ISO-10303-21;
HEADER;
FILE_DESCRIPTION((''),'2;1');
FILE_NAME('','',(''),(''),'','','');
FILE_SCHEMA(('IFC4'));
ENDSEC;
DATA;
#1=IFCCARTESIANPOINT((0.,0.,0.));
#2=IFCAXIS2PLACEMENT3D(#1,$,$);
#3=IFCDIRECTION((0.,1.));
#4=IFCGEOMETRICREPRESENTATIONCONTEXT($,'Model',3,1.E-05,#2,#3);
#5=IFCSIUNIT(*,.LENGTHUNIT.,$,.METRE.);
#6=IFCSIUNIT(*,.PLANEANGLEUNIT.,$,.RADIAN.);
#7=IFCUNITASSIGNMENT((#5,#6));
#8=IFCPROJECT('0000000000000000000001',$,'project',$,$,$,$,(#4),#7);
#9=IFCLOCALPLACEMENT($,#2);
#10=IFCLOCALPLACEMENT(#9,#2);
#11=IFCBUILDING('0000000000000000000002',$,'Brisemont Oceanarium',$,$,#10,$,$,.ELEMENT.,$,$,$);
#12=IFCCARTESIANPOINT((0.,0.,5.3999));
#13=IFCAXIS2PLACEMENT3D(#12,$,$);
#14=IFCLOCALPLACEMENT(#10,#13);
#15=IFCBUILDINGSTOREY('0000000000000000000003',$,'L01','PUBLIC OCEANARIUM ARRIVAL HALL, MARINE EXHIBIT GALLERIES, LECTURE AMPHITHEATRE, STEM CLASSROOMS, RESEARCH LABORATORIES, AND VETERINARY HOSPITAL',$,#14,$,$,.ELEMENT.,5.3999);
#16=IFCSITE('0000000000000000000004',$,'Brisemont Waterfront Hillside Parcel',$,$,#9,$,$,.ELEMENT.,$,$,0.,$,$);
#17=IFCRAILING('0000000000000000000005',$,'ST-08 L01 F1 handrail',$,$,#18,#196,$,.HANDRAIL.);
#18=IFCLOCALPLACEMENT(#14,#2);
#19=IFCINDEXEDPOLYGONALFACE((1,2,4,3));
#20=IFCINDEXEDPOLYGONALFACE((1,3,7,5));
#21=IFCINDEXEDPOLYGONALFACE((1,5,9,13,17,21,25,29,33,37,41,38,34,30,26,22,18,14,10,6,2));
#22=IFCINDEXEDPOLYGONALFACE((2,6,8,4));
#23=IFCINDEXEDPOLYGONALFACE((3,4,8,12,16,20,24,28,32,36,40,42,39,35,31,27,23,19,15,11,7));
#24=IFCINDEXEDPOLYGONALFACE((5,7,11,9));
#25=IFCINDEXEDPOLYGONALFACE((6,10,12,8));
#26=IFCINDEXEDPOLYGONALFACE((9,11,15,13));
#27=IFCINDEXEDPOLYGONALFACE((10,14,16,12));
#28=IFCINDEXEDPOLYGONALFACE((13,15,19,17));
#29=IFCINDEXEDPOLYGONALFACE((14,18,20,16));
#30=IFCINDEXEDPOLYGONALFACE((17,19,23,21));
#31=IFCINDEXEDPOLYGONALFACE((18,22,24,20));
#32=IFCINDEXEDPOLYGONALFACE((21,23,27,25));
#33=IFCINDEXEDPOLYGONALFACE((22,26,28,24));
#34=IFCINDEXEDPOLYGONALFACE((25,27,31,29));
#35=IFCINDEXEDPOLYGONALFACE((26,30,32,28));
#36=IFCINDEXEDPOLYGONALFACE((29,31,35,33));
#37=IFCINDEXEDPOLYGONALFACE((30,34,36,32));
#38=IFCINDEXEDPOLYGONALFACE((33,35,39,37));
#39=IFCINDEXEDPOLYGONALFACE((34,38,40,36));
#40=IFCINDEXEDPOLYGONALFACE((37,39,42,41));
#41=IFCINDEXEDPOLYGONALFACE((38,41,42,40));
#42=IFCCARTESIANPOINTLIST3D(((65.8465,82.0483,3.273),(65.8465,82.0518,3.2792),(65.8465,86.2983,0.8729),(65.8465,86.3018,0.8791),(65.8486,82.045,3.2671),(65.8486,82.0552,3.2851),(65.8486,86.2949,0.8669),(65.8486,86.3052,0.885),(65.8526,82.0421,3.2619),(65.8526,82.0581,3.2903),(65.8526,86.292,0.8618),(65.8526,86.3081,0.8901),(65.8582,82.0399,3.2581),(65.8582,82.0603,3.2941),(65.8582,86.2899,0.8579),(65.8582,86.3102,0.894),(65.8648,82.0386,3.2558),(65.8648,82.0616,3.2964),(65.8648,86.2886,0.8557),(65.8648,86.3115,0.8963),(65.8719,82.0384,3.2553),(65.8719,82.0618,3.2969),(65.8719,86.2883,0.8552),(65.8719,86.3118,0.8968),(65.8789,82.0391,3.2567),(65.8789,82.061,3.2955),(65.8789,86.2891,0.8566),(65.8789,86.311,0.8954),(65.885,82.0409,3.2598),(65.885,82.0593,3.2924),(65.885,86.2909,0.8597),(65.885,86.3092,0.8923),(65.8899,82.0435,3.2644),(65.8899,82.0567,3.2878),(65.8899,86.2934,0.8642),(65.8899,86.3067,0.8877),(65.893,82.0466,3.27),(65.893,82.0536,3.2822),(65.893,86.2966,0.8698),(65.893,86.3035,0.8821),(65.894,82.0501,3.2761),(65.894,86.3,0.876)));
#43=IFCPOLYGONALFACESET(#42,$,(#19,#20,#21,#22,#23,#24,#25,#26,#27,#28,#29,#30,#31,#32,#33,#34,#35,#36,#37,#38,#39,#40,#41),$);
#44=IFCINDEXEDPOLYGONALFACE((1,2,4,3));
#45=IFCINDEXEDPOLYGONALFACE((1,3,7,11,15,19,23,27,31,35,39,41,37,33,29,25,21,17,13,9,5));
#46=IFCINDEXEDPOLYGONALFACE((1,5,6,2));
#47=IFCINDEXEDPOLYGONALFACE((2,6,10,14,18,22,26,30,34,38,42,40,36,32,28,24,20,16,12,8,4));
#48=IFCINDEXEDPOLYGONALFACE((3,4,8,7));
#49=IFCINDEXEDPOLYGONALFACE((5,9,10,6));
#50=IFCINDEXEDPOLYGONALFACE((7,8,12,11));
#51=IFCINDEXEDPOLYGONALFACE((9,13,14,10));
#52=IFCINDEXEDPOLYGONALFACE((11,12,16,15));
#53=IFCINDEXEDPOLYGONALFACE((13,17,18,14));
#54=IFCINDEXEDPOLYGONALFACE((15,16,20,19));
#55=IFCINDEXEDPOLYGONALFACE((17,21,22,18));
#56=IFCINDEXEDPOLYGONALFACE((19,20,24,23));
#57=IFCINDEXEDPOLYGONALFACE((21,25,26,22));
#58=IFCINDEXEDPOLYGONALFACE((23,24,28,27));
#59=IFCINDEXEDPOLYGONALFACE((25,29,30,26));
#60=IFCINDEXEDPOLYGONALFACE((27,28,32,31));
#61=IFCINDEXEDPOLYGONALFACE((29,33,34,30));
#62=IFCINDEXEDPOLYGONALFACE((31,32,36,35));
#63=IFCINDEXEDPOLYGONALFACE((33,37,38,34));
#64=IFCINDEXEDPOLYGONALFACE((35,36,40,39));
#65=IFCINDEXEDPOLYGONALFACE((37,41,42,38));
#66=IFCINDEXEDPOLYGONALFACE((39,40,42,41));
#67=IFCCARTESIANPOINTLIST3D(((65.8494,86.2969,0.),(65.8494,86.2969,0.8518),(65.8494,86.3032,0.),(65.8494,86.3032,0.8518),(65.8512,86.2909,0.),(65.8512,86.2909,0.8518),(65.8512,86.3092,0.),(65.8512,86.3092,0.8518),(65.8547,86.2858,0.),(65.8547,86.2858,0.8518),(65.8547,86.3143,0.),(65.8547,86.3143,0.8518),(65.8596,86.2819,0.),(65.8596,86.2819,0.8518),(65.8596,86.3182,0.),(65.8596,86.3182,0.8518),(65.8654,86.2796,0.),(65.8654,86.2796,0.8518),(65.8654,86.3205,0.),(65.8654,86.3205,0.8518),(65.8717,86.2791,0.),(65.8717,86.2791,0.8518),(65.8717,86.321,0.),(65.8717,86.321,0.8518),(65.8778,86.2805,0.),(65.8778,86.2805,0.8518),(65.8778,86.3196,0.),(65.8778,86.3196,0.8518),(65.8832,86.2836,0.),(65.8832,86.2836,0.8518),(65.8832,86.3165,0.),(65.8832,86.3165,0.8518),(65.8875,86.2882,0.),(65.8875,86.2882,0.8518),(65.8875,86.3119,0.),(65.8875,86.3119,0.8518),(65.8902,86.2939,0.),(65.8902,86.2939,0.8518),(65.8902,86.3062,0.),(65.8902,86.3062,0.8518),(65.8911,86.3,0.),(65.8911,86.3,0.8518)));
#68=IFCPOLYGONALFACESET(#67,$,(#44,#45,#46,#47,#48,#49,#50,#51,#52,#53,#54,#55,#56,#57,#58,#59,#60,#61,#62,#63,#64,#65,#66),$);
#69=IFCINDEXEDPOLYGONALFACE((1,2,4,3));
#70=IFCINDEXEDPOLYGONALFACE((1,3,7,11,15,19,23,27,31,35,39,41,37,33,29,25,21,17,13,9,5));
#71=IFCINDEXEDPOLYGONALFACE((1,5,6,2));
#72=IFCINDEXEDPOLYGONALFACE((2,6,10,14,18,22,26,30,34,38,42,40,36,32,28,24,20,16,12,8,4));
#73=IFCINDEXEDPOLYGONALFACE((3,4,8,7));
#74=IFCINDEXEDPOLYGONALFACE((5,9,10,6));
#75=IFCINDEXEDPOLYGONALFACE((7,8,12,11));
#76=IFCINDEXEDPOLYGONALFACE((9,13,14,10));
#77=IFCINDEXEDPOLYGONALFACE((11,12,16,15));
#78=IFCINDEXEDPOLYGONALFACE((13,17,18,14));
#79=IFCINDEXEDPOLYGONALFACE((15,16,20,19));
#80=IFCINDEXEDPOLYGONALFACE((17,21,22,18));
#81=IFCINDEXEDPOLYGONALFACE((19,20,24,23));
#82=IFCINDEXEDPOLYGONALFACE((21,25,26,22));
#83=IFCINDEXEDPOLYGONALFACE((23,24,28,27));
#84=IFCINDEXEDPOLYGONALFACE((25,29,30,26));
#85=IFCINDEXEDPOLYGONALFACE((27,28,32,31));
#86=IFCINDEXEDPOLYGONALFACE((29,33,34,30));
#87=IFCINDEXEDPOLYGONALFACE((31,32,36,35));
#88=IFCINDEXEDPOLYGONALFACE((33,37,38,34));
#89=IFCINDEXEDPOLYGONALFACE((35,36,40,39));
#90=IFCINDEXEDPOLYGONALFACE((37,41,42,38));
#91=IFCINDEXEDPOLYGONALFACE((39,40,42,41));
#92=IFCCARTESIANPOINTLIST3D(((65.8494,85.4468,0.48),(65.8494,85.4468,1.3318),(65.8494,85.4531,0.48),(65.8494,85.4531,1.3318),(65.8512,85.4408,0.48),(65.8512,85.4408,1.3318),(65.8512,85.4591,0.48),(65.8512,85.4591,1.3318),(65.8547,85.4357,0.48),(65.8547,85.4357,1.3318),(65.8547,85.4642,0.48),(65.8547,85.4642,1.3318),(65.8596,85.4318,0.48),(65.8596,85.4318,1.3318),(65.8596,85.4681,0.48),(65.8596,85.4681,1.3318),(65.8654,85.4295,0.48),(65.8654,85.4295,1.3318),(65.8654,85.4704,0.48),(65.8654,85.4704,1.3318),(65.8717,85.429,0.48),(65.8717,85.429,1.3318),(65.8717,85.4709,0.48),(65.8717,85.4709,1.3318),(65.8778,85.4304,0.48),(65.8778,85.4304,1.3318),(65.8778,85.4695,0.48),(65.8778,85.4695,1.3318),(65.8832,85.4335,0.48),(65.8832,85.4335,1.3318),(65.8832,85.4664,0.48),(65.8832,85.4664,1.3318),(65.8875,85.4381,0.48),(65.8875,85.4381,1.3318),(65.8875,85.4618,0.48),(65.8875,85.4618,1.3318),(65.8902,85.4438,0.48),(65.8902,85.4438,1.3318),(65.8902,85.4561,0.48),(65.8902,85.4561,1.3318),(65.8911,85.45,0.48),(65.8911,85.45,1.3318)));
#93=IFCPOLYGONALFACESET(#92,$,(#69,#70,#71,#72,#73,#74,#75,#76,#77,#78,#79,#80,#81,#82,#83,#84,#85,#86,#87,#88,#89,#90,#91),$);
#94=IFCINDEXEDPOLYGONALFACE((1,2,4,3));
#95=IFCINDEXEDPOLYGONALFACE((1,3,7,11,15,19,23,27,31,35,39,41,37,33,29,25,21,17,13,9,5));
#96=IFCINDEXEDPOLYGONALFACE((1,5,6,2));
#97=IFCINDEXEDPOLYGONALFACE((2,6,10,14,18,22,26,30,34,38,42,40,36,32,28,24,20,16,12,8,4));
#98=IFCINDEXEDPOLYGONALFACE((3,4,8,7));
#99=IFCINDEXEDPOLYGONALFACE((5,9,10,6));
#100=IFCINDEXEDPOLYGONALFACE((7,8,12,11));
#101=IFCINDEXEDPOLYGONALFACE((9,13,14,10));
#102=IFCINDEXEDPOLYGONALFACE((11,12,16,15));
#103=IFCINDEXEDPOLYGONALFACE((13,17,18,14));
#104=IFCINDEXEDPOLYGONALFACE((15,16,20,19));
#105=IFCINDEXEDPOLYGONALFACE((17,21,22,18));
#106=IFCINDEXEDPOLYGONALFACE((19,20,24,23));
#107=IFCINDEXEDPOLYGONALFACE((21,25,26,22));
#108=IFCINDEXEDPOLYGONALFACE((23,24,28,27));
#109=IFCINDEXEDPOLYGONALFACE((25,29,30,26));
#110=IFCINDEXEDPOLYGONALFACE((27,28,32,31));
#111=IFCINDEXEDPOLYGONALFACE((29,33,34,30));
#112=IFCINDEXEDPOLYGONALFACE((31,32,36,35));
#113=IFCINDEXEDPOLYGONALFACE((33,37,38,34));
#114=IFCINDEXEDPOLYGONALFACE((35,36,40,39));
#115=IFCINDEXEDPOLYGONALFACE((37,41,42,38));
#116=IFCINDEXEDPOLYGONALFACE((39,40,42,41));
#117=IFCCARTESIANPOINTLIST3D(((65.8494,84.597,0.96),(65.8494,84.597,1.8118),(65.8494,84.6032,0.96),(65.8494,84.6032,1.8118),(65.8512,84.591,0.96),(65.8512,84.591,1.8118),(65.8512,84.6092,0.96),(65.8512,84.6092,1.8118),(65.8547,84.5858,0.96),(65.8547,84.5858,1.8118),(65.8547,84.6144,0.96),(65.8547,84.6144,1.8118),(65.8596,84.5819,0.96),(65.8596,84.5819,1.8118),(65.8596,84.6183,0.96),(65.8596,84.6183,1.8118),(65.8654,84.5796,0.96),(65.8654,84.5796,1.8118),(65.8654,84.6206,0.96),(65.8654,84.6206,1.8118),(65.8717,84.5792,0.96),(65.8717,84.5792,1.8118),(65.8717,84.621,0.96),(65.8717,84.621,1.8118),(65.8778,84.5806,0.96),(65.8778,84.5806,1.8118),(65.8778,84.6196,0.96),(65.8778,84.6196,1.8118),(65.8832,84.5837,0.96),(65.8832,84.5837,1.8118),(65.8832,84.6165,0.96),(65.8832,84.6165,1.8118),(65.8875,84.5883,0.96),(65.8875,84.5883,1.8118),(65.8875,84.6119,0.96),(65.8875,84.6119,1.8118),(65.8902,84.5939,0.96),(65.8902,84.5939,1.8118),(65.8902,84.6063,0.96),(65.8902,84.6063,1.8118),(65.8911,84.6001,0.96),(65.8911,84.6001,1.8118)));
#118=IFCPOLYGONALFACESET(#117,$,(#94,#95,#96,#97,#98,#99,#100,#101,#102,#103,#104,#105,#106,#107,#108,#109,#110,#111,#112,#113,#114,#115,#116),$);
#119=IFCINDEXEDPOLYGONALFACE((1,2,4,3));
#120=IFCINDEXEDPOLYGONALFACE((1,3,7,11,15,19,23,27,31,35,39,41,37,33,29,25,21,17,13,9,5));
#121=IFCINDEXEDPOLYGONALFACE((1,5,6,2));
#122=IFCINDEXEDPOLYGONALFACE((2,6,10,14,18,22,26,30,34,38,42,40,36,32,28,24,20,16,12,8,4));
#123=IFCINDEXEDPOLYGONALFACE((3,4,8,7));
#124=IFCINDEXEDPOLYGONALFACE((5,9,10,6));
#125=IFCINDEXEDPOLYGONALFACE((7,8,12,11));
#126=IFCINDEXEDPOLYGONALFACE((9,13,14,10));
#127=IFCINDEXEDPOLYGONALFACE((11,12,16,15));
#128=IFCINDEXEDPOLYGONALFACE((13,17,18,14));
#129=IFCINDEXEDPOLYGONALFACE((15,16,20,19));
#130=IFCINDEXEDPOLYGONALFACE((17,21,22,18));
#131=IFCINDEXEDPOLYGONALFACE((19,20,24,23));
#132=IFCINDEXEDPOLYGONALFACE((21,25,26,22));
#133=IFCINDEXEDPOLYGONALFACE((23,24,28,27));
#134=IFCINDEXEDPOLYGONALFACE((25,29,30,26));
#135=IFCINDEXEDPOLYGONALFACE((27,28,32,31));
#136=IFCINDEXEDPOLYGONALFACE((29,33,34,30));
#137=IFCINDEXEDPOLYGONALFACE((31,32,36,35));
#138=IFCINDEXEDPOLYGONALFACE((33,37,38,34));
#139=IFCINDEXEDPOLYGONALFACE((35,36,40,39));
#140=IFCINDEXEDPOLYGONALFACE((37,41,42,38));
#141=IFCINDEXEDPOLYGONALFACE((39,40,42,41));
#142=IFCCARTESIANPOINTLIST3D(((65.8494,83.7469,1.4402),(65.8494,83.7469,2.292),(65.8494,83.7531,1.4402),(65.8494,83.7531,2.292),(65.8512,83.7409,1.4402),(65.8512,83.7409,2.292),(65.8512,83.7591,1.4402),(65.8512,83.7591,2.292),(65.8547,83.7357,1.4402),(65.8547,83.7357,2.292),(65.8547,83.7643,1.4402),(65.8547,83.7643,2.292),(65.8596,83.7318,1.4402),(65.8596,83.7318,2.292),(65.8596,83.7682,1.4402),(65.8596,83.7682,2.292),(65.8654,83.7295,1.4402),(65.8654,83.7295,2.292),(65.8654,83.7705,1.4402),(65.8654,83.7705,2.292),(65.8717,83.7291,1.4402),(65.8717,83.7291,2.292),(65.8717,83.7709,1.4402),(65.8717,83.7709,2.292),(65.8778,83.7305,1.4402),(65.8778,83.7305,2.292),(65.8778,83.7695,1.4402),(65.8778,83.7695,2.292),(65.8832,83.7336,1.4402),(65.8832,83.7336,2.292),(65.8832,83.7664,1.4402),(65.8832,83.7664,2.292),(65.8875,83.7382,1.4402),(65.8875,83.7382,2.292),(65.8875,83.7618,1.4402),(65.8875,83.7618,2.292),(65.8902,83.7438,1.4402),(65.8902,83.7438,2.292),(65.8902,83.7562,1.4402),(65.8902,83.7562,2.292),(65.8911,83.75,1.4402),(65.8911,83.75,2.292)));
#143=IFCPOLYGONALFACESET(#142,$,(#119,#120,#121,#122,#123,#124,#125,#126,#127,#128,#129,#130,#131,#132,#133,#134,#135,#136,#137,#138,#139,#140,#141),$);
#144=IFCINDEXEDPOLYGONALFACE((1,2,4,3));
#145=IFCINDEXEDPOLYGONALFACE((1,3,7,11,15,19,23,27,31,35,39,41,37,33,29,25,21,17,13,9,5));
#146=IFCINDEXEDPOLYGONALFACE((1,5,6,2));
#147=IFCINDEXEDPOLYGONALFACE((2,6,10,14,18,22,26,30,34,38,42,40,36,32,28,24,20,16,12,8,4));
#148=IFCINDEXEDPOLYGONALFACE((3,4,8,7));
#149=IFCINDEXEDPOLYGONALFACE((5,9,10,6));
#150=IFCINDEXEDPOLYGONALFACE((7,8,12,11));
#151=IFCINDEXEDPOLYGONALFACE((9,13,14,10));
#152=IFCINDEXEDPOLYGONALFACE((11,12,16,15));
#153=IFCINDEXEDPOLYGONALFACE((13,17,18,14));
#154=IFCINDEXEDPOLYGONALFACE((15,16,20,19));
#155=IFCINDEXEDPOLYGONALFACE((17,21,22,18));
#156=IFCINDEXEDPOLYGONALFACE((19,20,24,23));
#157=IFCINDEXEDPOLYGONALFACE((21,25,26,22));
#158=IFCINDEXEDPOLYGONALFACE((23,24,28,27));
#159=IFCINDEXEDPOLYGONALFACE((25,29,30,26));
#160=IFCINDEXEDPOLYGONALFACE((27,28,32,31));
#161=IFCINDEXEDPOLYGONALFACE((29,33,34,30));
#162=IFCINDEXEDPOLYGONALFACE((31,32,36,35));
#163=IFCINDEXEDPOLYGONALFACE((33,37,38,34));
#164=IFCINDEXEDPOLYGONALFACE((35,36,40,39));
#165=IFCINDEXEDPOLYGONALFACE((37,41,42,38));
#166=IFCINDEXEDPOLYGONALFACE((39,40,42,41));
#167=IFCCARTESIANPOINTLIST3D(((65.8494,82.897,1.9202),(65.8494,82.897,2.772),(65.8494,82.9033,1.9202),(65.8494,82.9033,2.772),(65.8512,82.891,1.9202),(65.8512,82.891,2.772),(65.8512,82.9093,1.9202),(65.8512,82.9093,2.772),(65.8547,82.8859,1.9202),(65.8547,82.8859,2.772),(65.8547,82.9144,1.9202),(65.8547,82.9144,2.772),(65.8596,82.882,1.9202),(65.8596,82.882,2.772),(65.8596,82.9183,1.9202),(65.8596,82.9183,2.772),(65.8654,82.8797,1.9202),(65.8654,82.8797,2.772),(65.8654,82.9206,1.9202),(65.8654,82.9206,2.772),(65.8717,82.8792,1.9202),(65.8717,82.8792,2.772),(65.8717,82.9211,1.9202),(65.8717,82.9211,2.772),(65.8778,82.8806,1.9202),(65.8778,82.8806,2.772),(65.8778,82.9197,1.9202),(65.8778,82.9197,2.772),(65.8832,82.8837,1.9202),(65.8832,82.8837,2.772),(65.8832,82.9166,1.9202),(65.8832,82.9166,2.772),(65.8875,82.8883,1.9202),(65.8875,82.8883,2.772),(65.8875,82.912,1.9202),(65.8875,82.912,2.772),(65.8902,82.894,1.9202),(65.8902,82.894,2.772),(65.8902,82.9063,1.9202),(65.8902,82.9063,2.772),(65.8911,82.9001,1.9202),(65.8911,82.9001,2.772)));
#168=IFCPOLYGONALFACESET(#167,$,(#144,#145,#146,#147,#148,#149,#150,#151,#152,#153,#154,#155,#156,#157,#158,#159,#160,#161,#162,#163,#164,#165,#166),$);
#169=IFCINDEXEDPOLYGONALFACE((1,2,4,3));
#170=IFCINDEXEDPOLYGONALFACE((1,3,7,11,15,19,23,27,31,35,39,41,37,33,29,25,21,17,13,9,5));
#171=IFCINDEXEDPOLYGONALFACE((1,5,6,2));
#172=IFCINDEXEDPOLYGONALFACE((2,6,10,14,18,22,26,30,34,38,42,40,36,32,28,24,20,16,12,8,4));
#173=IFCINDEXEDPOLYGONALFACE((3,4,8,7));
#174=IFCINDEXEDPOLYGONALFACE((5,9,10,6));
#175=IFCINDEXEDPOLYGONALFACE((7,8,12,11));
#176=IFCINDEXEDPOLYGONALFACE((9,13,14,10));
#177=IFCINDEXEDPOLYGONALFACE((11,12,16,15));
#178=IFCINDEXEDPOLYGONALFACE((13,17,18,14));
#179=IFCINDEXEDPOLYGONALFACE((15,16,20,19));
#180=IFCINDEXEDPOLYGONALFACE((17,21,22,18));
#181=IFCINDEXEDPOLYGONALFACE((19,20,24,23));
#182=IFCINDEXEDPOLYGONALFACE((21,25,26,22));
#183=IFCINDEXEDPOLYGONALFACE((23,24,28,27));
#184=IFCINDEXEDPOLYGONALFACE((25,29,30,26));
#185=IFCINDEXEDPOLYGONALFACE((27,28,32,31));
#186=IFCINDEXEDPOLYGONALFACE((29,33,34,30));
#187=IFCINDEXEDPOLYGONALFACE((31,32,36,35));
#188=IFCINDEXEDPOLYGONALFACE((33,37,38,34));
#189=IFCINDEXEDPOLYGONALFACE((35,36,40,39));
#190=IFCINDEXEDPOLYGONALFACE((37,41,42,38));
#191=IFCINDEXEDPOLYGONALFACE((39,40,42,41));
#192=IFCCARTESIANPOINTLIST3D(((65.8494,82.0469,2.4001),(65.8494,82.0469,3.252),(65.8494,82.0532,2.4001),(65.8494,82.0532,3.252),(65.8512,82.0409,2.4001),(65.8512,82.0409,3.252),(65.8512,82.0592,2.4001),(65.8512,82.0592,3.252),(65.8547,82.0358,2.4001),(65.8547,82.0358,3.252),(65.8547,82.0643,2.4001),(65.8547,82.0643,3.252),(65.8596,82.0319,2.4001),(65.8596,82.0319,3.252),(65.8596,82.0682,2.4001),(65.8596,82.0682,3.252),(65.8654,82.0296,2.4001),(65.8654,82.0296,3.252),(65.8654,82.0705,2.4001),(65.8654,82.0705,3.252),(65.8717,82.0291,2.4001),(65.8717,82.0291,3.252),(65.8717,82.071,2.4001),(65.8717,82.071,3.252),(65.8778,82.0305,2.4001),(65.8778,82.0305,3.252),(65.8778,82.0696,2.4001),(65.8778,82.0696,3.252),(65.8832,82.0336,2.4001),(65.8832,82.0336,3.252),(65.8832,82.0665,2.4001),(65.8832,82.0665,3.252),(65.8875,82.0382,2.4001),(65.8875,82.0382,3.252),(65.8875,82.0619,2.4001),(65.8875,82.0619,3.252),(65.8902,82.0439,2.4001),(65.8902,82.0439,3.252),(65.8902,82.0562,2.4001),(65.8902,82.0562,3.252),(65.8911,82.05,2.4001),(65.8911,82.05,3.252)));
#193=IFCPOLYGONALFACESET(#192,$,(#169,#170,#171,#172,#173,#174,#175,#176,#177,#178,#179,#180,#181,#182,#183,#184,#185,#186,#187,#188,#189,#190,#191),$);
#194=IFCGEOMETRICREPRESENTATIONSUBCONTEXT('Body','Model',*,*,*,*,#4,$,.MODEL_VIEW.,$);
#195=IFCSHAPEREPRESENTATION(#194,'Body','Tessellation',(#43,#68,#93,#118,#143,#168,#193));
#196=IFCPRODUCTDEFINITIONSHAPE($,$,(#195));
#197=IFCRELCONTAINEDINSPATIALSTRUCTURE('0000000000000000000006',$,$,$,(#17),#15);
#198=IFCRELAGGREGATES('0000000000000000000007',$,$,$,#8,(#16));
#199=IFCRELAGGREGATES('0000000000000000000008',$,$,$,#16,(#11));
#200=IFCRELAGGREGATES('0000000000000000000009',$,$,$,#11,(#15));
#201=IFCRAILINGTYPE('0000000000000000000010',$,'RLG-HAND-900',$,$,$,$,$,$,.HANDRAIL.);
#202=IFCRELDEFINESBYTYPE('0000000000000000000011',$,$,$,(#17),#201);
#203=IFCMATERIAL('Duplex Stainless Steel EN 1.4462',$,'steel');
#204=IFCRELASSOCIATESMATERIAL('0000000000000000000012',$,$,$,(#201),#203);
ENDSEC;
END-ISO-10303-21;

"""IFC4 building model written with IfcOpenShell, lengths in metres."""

from ifc_helpers import new_model, si_unit, direction, frame, origin, origin_2d, place, context, subcontext, project, spatial, circle, extrude, material, type_object, element, save


model = new_model("IFC4")

# Units and contexts
model_context = context("Model", 3, precision=1e-05, world=origin(), true_north=direction((0.0, 1.0)))
body_context = subcontext(model_context, "Body", "Model", "MODEL_VIEW")
ifc_project = project(units=[si_unit("LENGTHUNIT", "METRE"), si_unit("PLANEANGLEUNIT", "RADIAN")], contexts=[model_context])

# Site, building, storey
site_placement = place(None, origin())
site = spatial("IfcSite", under=ifc_project, at=site_placement, Name="Brisemont Waterfront Hillside Parcel", CompositionType="ELEMENT", RefElevation=0.0)
building_placement = place(site_placement, origin())
building = spatial("IfcBuilding", under=site, at=building_placement, Name="Brisemont Oceanarium", CompositionType="ELEMENT")
storey_placement = place(building_placement, frame((0.0, 0.0, 5.3999)))
storey = spatial("IfcBuildingStorey", under=building, at=storey_placement, Name="L01", Description="PUBLIC OCEANARIUM ARRIVAL HALL, MARINE EXHIBIT GALLERIES, LECTURE AMPHITHEATRE, STEM CLASSROOMS, RESEARCH LABORATORIES, AND VETERINARY HOSPITAL", CompositionType="ELEMENT", Elevation=5.3999)

# Railing
ifc_material_1 = material(Name="Duplex Stainless Steel EN 1.4462", Category="steel")
railing_type_1 = type_object("IfcRailingType", Name="RLG-HAND-900", PredefinedType="HANDRAIL", material=ifc_material_1)
railing_1_placement = place(storey_placement, frame((65.8701, 86.3, 0.0)))
element("IfcRailing", 1, at=railing_1_placement, inside=storey, type_object=railing_type_1, Name="ST-08 L01 F1 handrail", PredefinedType="HANDRAIL", context=body_context, shape_type="SweptSolid", body=[
    extrude(circle(Radius=0.0239, at=origin_2d()), frame((0.0, 0.0, 0.876), z_axis=(0.0, -0.870741, 0.491742), x_axis=(1.0, 0.0, 0.0)), (0.0, 0.0, 1.0), 4.8809),
    extrude(circle(Radius=0.021, at=origin_2d()), origin(), (0.0, 0.0, 1.0), 0.8518),
    extrude(circle(Radius=0.021, at=origin_2d()), frame((0.0, -0.8501, 0.48)), (0.0, 0.0, 1.0), 0.8518),
    extrude(circle(Radius=0.021, at=origin_2d()), frame((0.0, -1.7, 0.96)), (0.0, 0.0, 1.0), 0.8518),
    extrude(circle(Radius=0.021, at=origin_2d()), frame((0.0, -2.55, 1.4402)), (0.0, 0.0, 1.0), 0.8518),
    extrude(circle(Radius=0.021, at=origin_2d()), frame((0.0, -3.3999, 1.9202)), (0.0, 0.0, 1.0), 0.8518),
    extrude(circle(Radius=0.021, at=origin_2d()), frame((0.0, -4.25, 2.4001)), (0.0, 0.0, 1.0), 0.8518),
])

save(model, "model.ifc")
